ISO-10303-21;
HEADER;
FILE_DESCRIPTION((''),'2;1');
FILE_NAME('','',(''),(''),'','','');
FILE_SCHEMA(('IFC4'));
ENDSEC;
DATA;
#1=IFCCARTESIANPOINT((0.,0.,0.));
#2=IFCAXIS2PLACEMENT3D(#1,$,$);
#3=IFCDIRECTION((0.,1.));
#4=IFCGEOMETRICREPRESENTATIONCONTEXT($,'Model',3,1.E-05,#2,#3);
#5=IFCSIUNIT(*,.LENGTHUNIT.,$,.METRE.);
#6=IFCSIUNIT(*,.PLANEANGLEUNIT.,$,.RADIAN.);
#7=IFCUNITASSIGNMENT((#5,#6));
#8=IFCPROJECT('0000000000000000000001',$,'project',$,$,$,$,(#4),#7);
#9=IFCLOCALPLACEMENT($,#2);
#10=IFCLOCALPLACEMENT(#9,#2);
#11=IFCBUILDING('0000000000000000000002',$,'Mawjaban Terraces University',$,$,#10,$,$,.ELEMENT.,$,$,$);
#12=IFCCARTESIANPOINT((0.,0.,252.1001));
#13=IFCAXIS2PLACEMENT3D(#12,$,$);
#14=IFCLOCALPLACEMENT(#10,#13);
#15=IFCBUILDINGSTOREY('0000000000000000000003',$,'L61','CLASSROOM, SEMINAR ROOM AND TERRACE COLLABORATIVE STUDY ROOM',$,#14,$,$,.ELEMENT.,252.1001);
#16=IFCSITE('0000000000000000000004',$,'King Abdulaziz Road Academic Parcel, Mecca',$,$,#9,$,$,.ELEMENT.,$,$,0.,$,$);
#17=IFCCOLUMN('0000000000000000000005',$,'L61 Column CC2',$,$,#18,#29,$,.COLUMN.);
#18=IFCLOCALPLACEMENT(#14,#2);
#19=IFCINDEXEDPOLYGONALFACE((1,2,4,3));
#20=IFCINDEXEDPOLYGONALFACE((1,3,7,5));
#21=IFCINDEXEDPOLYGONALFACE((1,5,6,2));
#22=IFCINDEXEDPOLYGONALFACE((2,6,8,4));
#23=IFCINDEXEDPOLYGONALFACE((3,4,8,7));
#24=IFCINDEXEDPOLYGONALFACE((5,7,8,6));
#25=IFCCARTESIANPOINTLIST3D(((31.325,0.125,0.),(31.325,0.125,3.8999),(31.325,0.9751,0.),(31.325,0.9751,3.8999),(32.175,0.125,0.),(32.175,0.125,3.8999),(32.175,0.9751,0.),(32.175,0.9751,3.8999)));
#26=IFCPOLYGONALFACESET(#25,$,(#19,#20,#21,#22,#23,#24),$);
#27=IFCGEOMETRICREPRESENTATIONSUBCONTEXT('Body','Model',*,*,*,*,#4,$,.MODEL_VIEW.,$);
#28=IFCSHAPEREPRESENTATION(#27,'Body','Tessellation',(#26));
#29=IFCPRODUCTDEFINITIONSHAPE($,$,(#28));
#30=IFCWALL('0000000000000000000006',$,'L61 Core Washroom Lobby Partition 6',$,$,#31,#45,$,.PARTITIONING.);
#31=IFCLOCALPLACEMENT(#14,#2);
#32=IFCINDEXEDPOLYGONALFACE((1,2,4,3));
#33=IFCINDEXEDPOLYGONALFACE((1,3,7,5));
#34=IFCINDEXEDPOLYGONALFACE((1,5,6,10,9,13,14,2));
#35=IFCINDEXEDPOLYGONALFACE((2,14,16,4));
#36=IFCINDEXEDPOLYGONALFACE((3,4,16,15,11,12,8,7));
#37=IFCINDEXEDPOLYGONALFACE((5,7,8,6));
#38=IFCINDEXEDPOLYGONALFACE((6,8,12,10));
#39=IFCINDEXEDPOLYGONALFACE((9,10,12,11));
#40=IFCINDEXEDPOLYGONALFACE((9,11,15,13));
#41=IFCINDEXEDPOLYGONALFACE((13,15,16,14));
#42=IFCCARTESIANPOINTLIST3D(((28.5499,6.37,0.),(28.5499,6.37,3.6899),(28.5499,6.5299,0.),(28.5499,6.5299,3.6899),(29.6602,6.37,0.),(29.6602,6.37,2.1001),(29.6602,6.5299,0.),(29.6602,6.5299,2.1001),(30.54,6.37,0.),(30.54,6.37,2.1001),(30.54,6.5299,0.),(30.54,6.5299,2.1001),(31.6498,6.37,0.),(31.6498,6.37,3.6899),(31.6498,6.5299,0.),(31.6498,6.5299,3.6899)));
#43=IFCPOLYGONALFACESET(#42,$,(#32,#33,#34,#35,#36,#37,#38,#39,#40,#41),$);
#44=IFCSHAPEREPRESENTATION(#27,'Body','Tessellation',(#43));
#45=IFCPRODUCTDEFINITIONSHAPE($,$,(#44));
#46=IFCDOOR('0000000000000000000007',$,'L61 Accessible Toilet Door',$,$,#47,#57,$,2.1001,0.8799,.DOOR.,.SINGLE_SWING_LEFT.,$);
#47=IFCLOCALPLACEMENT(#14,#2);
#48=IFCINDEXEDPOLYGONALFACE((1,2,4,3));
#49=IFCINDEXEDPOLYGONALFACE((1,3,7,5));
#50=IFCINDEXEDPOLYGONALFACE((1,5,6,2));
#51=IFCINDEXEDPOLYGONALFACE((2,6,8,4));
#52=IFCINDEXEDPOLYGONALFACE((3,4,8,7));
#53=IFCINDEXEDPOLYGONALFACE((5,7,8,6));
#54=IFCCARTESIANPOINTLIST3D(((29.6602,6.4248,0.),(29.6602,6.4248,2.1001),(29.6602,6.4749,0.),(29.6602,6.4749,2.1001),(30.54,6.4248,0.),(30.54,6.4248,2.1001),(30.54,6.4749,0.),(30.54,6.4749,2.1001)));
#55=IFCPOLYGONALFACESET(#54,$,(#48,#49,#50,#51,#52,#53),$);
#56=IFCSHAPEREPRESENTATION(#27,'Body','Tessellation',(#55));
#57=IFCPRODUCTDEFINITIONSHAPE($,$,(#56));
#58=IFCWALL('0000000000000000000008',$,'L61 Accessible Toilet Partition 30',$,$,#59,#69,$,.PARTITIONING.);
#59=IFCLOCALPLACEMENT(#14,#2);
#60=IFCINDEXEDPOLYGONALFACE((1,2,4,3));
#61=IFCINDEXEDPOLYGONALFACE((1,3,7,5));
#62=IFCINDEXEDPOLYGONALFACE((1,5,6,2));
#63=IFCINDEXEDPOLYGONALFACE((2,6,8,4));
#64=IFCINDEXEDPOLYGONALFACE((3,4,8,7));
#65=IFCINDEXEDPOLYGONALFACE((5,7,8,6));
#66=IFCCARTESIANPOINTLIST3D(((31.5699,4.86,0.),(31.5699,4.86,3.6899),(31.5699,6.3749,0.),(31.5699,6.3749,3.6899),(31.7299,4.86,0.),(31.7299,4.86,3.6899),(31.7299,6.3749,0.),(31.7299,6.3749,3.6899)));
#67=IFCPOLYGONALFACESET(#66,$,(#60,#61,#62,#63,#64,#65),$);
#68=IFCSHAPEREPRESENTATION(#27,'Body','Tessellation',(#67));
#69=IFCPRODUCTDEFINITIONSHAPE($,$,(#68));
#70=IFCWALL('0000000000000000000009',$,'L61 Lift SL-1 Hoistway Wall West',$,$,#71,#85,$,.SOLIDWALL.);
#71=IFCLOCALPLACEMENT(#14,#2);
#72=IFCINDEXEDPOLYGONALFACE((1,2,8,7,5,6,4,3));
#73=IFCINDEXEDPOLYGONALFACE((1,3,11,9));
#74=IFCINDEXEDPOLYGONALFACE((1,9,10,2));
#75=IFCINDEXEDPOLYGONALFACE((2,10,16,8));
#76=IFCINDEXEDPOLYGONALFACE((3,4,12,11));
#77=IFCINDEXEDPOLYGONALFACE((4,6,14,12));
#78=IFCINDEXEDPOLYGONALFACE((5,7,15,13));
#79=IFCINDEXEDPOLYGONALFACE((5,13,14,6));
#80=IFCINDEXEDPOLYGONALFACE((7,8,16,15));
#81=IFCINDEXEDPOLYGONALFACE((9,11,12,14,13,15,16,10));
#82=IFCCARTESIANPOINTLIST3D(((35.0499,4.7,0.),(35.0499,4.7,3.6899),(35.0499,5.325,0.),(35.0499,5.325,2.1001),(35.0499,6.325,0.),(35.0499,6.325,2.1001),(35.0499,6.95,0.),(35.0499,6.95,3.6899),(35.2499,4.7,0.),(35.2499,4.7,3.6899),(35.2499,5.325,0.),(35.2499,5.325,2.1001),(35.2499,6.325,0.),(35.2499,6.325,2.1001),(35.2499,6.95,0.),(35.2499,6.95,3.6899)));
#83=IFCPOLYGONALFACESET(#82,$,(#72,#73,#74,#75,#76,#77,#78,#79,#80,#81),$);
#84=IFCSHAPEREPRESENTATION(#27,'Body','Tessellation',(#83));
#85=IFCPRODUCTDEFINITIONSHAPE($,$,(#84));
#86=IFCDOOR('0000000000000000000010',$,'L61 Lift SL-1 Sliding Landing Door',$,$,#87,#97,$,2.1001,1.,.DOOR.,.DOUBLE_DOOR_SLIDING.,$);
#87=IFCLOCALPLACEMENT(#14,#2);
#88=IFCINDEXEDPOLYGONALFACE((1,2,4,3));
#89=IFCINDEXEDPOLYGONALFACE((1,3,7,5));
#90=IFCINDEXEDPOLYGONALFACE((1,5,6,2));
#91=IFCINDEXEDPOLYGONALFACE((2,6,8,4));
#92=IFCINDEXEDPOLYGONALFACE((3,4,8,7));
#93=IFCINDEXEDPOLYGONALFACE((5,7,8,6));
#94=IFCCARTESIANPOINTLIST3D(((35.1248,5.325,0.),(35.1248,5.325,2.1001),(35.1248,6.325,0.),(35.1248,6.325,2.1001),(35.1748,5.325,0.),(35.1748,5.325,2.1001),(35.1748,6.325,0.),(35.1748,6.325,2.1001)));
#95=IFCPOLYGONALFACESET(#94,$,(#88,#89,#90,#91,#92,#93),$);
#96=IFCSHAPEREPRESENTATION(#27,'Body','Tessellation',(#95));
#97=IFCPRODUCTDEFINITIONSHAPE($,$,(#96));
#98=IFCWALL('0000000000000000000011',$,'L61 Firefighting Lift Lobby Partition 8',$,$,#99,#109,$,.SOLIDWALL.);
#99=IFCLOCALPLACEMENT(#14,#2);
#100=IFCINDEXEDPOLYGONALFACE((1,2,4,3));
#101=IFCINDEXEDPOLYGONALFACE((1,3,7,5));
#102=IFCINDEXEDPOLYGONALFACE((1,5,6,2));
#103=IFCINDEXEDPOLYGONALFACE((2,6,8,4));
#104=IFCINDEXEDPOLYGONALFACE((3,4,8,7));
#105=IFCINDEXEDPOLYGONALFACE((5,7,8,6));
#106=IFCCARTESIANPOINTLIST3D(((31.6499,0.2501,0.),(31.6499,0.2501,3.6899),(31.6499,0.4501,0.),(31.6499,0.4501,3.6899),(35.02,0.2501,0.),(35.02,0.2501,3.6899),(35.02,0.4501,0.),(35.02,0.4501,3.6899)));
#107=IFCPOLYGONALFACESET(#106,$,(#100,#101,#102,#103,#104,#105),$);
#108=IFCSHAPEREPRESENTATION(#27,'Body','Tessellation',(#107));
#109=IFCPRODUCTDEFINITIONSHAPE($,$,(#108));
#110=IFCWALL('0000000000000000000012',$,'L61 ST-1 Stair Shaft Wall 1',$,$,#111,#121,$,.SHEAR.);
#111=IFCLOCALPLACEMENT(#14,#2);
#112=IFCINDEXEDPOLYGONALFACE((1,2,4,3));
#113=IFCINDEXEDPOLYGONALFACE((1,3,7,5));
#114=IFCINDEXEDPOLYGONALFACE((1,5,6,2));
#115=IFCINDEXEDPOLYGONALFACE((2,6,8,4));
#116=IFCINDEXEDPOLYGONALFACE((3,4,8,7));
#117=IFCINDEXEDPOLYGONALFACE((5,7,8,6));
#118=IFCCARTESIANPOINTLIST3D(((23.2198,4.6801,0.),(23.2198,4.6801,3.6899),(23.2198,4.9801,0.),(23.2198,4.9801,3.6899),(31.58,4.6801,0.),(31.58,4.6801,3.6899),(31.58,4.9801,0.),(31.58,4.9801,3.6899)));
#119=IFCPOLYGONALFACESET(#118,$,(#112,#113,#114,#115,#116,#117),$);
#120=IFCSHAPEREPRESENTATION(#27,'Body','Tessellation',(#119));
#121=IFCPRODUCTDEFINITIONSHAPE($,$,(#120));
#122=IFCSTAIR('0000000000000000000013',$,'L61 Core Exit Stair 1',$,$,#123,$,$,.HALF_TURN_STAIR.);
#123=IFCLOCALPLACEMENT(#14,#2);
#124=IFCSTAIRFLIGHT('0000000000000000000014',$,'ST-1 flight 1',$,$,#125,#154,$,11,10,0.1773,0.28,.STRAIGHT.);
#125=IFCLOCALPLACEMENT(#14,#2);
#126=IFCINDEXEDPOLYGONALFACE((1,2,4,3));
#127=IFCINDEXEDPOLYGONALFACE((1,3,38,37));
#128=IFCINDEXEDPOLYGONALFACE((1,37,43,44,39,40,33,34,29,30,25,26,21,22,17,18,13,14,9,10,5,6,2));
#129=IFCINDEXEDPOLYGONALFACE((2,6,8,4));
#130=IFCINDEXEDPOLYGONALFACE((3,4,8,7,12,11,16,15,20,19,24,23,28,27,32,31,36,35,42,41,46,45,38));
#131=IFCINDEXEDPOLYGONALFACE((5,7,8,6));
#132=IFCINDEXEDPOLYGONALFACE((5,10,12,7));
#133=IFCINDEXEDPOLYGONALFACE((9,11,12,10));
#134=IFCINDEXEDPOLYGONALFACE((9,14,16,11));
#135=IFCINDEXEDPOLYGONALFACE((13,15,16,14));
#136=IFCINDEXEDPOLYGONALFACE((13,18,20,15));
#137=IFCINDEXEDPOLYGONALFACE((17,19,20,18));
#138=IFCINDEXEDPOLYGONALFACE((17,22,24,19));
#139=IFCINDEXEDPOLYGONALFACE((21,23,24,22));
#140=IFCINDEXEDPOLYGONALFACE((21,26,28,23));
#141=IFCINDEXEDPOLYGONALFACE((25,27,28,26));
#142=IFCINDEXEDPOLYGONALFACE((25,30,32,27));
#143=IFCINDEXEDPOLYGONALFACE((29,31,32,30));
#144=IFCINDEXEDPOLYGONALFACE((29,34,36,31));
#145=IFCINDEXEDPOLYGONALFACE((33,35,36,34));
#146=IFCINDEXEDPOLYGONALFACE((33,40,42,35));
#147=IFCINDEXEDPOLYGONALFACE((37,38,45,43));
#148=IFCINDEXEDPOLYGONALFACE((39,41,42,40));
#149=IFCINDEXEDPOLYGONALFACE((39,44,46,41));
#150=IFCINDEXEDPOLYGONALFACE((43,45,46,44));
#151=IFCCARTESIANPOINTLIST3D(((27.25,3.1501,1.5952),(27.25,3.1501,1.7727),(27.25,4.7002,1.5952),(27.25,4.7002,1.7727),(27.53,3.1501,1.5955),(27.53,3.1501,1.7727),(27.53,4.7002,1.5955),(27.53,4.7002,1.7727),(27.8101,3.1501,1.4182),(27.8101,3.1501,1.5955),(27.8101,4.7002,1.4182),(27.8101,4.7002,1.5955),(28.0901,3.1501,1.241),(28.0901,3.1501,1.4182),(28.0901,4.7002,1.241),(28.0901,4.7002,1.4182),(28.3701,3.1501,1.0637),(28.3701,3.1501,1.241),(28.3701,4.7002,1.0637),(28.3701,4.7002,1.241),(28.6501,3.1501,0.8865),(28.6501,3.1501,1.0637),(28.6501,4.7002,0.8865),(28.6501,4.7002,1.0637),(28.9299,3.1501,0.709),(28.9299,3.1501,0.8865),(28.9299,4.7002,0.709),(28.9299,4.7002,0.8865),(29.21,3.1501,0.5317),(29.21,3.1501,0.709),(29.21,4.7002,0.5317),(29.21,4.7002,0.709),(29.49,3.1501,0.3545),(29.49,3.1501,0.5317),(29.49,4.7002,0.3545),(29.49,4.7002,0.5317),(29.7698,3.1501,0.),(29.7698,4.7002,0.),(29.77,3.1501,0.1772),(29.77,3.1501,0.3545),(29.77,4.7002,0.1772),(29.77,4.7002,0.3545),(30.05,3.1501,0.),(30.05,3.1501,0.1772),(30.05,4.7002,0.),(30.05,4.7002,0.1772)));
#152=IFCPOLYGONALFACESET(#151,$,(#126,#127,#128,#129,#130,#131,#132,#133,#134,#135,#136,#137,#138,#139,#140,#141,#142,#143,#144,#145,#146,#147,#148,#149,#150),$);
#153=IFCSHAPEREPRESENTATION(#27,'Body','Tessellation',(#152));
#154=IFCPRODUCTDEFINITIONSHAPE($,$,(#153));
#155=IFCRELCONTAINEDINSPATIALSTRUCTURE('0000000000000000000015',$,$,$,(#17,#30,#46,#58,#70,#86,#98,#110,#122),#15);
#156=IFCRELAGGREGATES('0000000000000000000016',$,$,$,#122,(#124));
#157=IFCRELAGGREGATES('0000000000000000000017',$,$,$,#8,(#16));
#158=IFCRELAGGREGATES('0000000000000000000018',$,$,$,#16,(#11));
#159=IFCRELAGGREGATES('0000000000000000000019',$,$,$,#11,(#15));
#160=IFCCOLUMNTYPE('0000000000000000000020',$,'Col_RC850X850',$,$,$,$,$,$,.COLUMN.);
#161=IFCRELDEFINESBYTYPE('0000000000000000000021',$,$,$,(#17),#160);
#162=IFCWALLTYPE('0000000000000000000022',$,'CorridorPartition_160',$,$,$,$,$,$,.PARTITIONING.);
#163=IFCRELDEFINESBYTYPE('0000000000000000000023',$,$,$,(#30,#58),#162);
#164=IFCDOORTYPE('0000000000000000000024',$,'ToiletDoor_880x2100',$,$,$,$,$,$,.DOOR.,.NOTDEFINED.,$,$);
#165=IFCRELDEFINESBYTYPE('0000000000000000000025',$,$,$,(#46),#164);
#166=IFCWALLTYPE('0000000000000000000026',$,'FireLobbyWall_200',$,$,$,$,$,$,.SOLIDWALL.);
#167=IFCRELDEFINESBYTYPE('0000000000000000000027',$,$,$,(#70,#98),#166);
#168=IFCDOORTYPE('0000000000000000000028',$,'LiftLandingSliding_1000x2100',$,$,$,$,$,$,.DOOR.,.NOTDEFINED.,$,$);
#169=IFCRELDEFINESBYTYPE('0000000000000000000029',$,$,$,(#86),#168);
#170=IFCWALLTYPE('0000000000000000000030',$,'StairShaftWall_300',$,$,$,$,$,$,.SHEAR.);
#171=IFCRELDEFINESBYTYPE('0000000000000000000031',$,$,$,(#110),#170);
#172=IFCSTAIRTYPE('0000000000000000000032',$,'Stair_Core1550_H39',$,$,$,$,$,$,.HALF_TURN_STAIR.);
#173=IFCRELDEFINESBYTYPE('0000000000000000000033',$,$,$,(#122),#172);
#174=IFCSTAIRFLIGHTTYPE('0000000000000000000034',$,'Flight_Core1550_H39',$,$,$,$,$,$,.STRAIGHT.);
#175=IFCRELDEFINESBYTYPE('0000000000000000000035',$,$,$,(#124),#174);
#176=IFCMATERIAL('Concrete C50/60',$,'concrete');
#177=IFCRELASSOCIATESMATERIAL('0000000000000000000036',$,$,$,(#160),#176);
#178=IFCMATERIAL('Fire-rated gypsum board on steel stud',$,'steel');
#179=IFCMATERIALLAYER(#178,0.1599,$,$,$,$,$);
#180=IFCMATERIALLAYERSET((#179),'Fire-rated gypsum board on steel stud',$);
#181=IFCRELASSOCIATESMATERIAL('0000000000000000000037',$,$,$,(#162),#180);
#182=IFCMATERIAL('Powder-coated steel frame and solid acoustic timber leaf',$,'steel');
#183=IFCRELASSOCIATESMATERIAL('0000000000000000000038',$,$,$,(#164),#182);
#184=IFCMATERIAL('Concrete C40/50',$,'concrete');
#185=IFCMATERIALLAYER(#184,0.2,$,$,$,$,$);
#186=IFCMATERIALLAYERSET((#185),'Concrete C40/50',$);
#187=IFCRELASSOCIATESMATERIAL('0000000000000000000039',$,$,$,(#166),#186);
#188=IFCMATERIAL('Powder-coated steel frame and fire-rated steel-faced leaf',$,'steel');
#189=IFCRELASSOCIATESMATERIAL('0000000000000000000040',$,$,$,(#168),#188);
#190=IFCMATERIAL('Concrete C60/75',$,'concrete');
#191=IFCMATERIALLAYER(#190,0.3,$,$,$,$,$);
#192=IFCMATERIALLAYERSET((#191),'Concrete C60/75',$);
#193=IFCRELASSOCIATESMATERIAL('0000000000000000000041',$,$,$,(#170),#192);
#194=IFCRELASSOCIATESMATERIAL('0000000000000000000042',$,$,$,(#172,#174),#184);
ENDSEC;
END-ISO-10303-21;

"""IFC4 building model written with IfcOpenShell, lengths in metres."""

from ifc_helpers import new_model, si_unit, direction, frame, frame_2d, origin, origin_2d, place, context, subcontext, project, spatial, polyline, rectangle, outline, extrude, material, layer, layer_set, material_profile, profile_set, type_object, element, fill, aggregate, save


model = new_model("IFC4")

# Units and contexts
model_context = context("Model", 3, precision=1e-05, world=origin(), true_north=direction((0.0, 1.0)))
body_context = subcontext(model_context, "Body", "Model", "MODEL_VIEW")
ifc_project = project(units=[si_unit("LENGTHUNIT", "METRE"), si_unit("PLANEANGLEUNIT", "RADIAN")], contexts=[model_context])

# Site, building, storey
site_placement = place(None, origin())
site = spatial("IfcSite", under=ifc_project, at=site_placement, Name="King Abdulaziz Road Academic Parcel, Mecca", CompositionType="ELEMENT", RefElevation=0.0)
building_placement = place(site_placement, origin())
building = spatial("IfcBuilding", under=site, at=building_placement, Name="Mawjaban Terraces University", CompositionType="ELEMENT")
storey_placement = place(building_placement, frame((0.0, 0.0, 252.1001)))
storey = spatial("IfcBuildingStorey", under=building, at=storey_placement, Name="L61", Description="CLASSROOM, SEMINAR ROOM AND TERRACE COLLABORATIVE STUDY ROOM", CompositionType="ELEMENT", Elevation=252.1001)

# Column
ifc_material_1 = material(Name="Concrete C50/60", Category="concrete")
ifc_material_profile = material_profile(ifc_material_1, rectangle(XDim=0.8501, YDim=0.8501, at=origin_2d()), Name="RC850X850")
ifc_profile_set = profile_set([ifc_material_profile], Name="Concrete C50/60")
column_type = type_object("IfcColumnType", Name="Col_RC850X850", PredefinedType="COLUMN", material=ifc_profile_set)
column_placement = place(storey_placement, frame((31.75, 0.55, 0.0), z_axis=(0.0, 0.0, 1.0), x_axis=(1.0, 0.0, 0.0)))
element("IfcColumn", 1, at=column_placement, inside=storey, type_object=column_type, Name="L61 Column CC2", PredefinedType="COLUMN", context=body_context, shape_type="SweptSolid", body=[
    extrude(rectangle(XDim=0.8501, YDim=0.8501, at=origin_2d()), origin(), (0.0, 0.0, 1.0), 3.8999),
])

# Wall, opening, door
ifc_material_2 = material(Name="Fire-rated gypsum board on steel stud", Category="steel")
ifc_layer_1 = layer(ifc_material_2, 0.1599)
ifc_layer_set_1 = layer_set([ifc_layer_1], Name="Fire-rated gypsum board on steel stud")
wall_type_1 = type_object("IfcWallType", Name="CorridorPartition_160", PredefinedType="PARTITIONING", material=ifc_layer_set_1)
wall_1_placement = place(storey_placement, frame((28.55, 6.45, 0.0), z_axis=(0.0, 0.0, 1.0), x_axis=(1.0, 0.0, 0.0)))
wall_1 = element("IfcWall", 2, at=wall_1_placement, inside=storey, type_object=wall_type_1, Name="L61 Core Washroom Lobby Partition 6", PredefinedType="PARTITIONING", context=body_context, shape_type="SweptSolid", body=[
    extrude(rectangle(XDim=3.0999, YDim=0.1599, at=frame_2d((1.5498, 0.0))), origin(), (0.0, 0.0, 1.0), 3.6899),
])
opening_1_placement = place(wall_1_placement, frame((1.1101, 0.0, 0.0)))
opening_1 = element("IfcOpeningElement", 3, at=opening_1_placement, cuts=wall_1, PredefinedType="OPENING", context=body_context, shape_type="SweptSolid", body=[
    extrude(rectangle(XDim=0.8799, YDim=2.1001, at=frame_2d((0.4399, 1.05))), frame((0.0, 0.0898, 0.0), z_axis=(0.0, -1.0, 0.0), x_axis=(1.0, 0.0, 0.0)), (0.0, 0.0, 1.0), 0.1799),
])
ifc_material_3 = material(Name="Powder-coated steel frame and solid acoustic timber leaf", Category="steel")
door_type_1 = type_object("IfcDoorType", Name="ToiletDoor_880x2100", OperationType="NOTDEFINED", PredefinedType="DOOR", material=ifc_material_3)
door_1_placement = place(opening_1_placement, origin())
door_1 = element("IfcDoor", 4, at=door_1_placement, inside=storey, type_object=door_type_1, Name="L61 Accessible Toilet Door", OperationType="SINGLE_SWING_LEFT", OverallHeight=2.1001, OverallWidth=0.8799, PredefinedType="DOOR", context=body_context, shape_type="SweptSolid", body=[
    extrude(rectangle(XDim=0.8799, YDim=2.1001, at=frame_2d((0.4399, 1.05))), frame((0.0, 0.0249, 0.0), z_axis=(0.0, -1.0, 0.0), x_axis=(1.0, 0.0, 0.0)), (0.0, 0.0, 1.0), 0.05),
])
fill(opening_1, door_1)

# Wall
wall_2_placement = place(storey_placement, frame((31.6499, 4.8601, 0.0), z_axis=(0.0, 0.0, 1.0), x_axis=(0.0, 1.0, 0.0)))
element("IfcWall", 5, at=wall_2_placement, inside=storey, type_object=wall_type_1, Name="L61 Accessible Toilet Partition 30", PredefinedType="PARTITIONING", context=body_context, shape_type="SweptSolid", body=[
    extrude(rectangle(XDim=1.5149, YDim=0.1599, at=frame_2d((0.7573, 0.0))), origin(), (0.0, 0.0, 1.0), 3.6899),
])

# Wall, opening, door
ifc_material_4 = material(Name="Concrete C40/50", Category="concrete")
ifc_layer_2 = layer(ifc_material_4, 0.2)
ifc_layer_set_2 = layer_set([ifc_layer_2], Name="Concrete C40/50")
wall_type_2 = type_object("IfcWallType", Name="FireLobbyWall_200", PredefinedType="SOLIDWALL", material=ifc_layer_set_2)
ifc_material_5 = material(Name="Powder-coated steel frame and fire-rated steel-faced leaf", Category="steel")
wall_3_placement = place(storey_placement, frame((35.1499, 6.95, 0.0), z_axis=(0.0, 0.0, 1.0), x_axis=(0.0, -1.0, 0.0)))
wall_3 = element("IfcWall", 6, at=wall_3_placement, inside=storey, type_object=wall_type_2, Name="L61 Lift SL-1 Hoistway Wall West", PredefinedType="SOLIDWALL", context=body_context, shape_type="SweptSolid", body=[
    extrude(rectangle(XDim=2.25, YDim=0.2, at=frame_2d((1.125, 0.0))), origin(), (0.0, 0.0, 1.0), 3.6899),
])
opening_2_placement = place(wall_3_placement, frame((0.625, 0.0, 0.0)))
opening_2 = element("IfcOpeningElement", 7, at=opening_2_placement, cuts=wall_3, PredefinedType="OPENING", context=body_context, shape_type="SweptSolid", body=[
    extrude(rectangle(XDim=1.0, YDim=2.1001, at=frame_2d((0.5, 1.05))), frame((0.0, 0.1099, 0.0), z_axis=(0.0, -1.0, 0.0), x_axis=(1.0, 0.0, 0.0)), (0.0, 0.0, 1.0), 0.22),
])
door_type_2 = type_object("IfcDoorType", Name="LiftLandingSliding_1000x2100", OperationType="NOTDEFINED", PredefinedType="DOOR", material=ifc_material_5)
door_2_placement = place(opening_2_placement, origin())
door_2 = element("IfcDoor", 8, at=door_2_placement, inside=storey, type_object=door_type_2, Name="L61 Lift SL-1 Sliding Landing Door", OperationType="DOUBLE_DOOR_SLIDING", OverallHeight=2.1001, OverallWidth=1.0, PredefinedType="DOOR", context=body_context, shape_type="SweptSolid", body=[
    extrude(rectangle(XDim=1.0, YDim=2.1001, at=frame_2d((0.5, 1.05))), frame((0.0, 0.0249, 0.0), z_axis=(0.0, -1.0, 0.0), x_axis=(1.0, 0.0, 0.0)), (0.0, 0.0, 1.0), 0.05),
])
fill(opening_2, door_2)

# Wall
wall_4_placement = place(storey_placement, frame((31.6499, 0.3501, 0.0), z_axis=(0.0, 0.0, 1.0), x_axis=(1.0, 0.0, 0.0)))
element("IfcWall", 9, at=wall_4_placement, inside=storey, type_object=wall_type_2, Name="L61 Firefighting Lift Lobby Partition 8", PredefinedType="SOLIDWALL", context=body_context, shape_type="SweptSolid", body=[
    extrude(rectangle(XDim=3.3701, YDim=0.2, at=frame_2d((1.6851, 0.0))), origin(), (0.0, 0.0, 1.0), 3.6899),
])

# Wall
ifc_material_6 = material(Name="Concrete C60/75", Category="concrete")
ifc_layer_3 = layer(ifc_material_6, 0.3)
ifc_layer_set_3 = layer_set([ifc_layer_3], Name="Concrete C60/75")
wall_type_3 = type_object("IfcWallType", Name="StairShaftWall_300", PredefinedType="SHEAR", material=ifc_layer_set_3)
wall_5_placement = place(storey_placement, frame((31.5801, 4.8301, 0.0), z_axis=(0.0, 0.0, 1.0), x_axis=(-1.0, 0.0, 0.0)))
element("IfcWall", 10, at=wall_5_placement, inside=storey, type_object=wall_type_3, Name="L61 ST-1 Stair Shaft Wall 1", PredefinedType="SHEAR", context=body_context, shape_type="SweptSolid", body=[
    extrude(rectangle(XDim=8.3601, YDim=0.3, at=frame_2d((4.1802, 0.0))), origin(), (0.0, 0.0, 1.0), 3.6899),
])

# Stair, stair flight
stair_type = type_object("IfcStairType", Name="Stair_Core1550_H39", PredefinedType="HALF_TURN_STAIR", material=ifc_material_4)
stair_placement = place(storey_placement, origin())
stair = element("IfcStair", 11, at=stair_placement, inside=storey, type_object=stair_type, Name="L61 Core Exit Stair 1", PredefinedType="HALF_TURN_STAIR")
stair_flight_type = type_object("IfcStairFlightType", Name="Flight_Core1550_H39", PredefinedType="STRAIGHT", material=ifc_material_4)
stair_flight_placement = place(storey_placement, frame((30.05, 3.925, 0.0), z_axis=(0.0, 0.0, 1.0), x_axis=(-1.0, 0.0, 0.0)))
stair_flight = element("IfcStairFlight", 12, at=stair_flight_placement, type_object=stair_flight_type, Name="ST-1 flight 1", NumberOfRisers=11, NumberOfTreads=10, PredefinedType="STRAIGHT", RiserHeight=0.1773, TreadLength=0.28, context=body_context, shape_type="SweptSolid", body=[
    extrude(outline(polyline([(0.0, 0.0), (0.0, 0.1772), (0.28, 0.1772), (0.28, 0.3545), (0.5601, 0.3545), (0.5601, 0.5317), (0.8401, 0.5317), (0.8401, 0.709), (1.1201, 0.709), (1.1201, 0.8865), (1.3999, 0.8865), (1.3999, 1.0637), (1.6799, 1.0637), (1.6799, 1.241), (1.96, 1.241), (1.96, 1.4182), (2.24, 1.4182), (2.24, 1.5955), (2.52, 1.5955), (2.52, 1.7727), (2.8, 1.7727), (2.8, 1.95), (2.8, 1.5952), (0.2803, 0.0), (0.0, 0.0)])), frame((0.0, 0.7749, 0.0), z_axis=(0.0, -1.0, 0.0), x_axis=(1.0, 0.0, 0.0)), (0.0, 0.0, 1.0), 1.55),
])
aggregate(stair, [stair_flight])

save(model, "model.ifc")
